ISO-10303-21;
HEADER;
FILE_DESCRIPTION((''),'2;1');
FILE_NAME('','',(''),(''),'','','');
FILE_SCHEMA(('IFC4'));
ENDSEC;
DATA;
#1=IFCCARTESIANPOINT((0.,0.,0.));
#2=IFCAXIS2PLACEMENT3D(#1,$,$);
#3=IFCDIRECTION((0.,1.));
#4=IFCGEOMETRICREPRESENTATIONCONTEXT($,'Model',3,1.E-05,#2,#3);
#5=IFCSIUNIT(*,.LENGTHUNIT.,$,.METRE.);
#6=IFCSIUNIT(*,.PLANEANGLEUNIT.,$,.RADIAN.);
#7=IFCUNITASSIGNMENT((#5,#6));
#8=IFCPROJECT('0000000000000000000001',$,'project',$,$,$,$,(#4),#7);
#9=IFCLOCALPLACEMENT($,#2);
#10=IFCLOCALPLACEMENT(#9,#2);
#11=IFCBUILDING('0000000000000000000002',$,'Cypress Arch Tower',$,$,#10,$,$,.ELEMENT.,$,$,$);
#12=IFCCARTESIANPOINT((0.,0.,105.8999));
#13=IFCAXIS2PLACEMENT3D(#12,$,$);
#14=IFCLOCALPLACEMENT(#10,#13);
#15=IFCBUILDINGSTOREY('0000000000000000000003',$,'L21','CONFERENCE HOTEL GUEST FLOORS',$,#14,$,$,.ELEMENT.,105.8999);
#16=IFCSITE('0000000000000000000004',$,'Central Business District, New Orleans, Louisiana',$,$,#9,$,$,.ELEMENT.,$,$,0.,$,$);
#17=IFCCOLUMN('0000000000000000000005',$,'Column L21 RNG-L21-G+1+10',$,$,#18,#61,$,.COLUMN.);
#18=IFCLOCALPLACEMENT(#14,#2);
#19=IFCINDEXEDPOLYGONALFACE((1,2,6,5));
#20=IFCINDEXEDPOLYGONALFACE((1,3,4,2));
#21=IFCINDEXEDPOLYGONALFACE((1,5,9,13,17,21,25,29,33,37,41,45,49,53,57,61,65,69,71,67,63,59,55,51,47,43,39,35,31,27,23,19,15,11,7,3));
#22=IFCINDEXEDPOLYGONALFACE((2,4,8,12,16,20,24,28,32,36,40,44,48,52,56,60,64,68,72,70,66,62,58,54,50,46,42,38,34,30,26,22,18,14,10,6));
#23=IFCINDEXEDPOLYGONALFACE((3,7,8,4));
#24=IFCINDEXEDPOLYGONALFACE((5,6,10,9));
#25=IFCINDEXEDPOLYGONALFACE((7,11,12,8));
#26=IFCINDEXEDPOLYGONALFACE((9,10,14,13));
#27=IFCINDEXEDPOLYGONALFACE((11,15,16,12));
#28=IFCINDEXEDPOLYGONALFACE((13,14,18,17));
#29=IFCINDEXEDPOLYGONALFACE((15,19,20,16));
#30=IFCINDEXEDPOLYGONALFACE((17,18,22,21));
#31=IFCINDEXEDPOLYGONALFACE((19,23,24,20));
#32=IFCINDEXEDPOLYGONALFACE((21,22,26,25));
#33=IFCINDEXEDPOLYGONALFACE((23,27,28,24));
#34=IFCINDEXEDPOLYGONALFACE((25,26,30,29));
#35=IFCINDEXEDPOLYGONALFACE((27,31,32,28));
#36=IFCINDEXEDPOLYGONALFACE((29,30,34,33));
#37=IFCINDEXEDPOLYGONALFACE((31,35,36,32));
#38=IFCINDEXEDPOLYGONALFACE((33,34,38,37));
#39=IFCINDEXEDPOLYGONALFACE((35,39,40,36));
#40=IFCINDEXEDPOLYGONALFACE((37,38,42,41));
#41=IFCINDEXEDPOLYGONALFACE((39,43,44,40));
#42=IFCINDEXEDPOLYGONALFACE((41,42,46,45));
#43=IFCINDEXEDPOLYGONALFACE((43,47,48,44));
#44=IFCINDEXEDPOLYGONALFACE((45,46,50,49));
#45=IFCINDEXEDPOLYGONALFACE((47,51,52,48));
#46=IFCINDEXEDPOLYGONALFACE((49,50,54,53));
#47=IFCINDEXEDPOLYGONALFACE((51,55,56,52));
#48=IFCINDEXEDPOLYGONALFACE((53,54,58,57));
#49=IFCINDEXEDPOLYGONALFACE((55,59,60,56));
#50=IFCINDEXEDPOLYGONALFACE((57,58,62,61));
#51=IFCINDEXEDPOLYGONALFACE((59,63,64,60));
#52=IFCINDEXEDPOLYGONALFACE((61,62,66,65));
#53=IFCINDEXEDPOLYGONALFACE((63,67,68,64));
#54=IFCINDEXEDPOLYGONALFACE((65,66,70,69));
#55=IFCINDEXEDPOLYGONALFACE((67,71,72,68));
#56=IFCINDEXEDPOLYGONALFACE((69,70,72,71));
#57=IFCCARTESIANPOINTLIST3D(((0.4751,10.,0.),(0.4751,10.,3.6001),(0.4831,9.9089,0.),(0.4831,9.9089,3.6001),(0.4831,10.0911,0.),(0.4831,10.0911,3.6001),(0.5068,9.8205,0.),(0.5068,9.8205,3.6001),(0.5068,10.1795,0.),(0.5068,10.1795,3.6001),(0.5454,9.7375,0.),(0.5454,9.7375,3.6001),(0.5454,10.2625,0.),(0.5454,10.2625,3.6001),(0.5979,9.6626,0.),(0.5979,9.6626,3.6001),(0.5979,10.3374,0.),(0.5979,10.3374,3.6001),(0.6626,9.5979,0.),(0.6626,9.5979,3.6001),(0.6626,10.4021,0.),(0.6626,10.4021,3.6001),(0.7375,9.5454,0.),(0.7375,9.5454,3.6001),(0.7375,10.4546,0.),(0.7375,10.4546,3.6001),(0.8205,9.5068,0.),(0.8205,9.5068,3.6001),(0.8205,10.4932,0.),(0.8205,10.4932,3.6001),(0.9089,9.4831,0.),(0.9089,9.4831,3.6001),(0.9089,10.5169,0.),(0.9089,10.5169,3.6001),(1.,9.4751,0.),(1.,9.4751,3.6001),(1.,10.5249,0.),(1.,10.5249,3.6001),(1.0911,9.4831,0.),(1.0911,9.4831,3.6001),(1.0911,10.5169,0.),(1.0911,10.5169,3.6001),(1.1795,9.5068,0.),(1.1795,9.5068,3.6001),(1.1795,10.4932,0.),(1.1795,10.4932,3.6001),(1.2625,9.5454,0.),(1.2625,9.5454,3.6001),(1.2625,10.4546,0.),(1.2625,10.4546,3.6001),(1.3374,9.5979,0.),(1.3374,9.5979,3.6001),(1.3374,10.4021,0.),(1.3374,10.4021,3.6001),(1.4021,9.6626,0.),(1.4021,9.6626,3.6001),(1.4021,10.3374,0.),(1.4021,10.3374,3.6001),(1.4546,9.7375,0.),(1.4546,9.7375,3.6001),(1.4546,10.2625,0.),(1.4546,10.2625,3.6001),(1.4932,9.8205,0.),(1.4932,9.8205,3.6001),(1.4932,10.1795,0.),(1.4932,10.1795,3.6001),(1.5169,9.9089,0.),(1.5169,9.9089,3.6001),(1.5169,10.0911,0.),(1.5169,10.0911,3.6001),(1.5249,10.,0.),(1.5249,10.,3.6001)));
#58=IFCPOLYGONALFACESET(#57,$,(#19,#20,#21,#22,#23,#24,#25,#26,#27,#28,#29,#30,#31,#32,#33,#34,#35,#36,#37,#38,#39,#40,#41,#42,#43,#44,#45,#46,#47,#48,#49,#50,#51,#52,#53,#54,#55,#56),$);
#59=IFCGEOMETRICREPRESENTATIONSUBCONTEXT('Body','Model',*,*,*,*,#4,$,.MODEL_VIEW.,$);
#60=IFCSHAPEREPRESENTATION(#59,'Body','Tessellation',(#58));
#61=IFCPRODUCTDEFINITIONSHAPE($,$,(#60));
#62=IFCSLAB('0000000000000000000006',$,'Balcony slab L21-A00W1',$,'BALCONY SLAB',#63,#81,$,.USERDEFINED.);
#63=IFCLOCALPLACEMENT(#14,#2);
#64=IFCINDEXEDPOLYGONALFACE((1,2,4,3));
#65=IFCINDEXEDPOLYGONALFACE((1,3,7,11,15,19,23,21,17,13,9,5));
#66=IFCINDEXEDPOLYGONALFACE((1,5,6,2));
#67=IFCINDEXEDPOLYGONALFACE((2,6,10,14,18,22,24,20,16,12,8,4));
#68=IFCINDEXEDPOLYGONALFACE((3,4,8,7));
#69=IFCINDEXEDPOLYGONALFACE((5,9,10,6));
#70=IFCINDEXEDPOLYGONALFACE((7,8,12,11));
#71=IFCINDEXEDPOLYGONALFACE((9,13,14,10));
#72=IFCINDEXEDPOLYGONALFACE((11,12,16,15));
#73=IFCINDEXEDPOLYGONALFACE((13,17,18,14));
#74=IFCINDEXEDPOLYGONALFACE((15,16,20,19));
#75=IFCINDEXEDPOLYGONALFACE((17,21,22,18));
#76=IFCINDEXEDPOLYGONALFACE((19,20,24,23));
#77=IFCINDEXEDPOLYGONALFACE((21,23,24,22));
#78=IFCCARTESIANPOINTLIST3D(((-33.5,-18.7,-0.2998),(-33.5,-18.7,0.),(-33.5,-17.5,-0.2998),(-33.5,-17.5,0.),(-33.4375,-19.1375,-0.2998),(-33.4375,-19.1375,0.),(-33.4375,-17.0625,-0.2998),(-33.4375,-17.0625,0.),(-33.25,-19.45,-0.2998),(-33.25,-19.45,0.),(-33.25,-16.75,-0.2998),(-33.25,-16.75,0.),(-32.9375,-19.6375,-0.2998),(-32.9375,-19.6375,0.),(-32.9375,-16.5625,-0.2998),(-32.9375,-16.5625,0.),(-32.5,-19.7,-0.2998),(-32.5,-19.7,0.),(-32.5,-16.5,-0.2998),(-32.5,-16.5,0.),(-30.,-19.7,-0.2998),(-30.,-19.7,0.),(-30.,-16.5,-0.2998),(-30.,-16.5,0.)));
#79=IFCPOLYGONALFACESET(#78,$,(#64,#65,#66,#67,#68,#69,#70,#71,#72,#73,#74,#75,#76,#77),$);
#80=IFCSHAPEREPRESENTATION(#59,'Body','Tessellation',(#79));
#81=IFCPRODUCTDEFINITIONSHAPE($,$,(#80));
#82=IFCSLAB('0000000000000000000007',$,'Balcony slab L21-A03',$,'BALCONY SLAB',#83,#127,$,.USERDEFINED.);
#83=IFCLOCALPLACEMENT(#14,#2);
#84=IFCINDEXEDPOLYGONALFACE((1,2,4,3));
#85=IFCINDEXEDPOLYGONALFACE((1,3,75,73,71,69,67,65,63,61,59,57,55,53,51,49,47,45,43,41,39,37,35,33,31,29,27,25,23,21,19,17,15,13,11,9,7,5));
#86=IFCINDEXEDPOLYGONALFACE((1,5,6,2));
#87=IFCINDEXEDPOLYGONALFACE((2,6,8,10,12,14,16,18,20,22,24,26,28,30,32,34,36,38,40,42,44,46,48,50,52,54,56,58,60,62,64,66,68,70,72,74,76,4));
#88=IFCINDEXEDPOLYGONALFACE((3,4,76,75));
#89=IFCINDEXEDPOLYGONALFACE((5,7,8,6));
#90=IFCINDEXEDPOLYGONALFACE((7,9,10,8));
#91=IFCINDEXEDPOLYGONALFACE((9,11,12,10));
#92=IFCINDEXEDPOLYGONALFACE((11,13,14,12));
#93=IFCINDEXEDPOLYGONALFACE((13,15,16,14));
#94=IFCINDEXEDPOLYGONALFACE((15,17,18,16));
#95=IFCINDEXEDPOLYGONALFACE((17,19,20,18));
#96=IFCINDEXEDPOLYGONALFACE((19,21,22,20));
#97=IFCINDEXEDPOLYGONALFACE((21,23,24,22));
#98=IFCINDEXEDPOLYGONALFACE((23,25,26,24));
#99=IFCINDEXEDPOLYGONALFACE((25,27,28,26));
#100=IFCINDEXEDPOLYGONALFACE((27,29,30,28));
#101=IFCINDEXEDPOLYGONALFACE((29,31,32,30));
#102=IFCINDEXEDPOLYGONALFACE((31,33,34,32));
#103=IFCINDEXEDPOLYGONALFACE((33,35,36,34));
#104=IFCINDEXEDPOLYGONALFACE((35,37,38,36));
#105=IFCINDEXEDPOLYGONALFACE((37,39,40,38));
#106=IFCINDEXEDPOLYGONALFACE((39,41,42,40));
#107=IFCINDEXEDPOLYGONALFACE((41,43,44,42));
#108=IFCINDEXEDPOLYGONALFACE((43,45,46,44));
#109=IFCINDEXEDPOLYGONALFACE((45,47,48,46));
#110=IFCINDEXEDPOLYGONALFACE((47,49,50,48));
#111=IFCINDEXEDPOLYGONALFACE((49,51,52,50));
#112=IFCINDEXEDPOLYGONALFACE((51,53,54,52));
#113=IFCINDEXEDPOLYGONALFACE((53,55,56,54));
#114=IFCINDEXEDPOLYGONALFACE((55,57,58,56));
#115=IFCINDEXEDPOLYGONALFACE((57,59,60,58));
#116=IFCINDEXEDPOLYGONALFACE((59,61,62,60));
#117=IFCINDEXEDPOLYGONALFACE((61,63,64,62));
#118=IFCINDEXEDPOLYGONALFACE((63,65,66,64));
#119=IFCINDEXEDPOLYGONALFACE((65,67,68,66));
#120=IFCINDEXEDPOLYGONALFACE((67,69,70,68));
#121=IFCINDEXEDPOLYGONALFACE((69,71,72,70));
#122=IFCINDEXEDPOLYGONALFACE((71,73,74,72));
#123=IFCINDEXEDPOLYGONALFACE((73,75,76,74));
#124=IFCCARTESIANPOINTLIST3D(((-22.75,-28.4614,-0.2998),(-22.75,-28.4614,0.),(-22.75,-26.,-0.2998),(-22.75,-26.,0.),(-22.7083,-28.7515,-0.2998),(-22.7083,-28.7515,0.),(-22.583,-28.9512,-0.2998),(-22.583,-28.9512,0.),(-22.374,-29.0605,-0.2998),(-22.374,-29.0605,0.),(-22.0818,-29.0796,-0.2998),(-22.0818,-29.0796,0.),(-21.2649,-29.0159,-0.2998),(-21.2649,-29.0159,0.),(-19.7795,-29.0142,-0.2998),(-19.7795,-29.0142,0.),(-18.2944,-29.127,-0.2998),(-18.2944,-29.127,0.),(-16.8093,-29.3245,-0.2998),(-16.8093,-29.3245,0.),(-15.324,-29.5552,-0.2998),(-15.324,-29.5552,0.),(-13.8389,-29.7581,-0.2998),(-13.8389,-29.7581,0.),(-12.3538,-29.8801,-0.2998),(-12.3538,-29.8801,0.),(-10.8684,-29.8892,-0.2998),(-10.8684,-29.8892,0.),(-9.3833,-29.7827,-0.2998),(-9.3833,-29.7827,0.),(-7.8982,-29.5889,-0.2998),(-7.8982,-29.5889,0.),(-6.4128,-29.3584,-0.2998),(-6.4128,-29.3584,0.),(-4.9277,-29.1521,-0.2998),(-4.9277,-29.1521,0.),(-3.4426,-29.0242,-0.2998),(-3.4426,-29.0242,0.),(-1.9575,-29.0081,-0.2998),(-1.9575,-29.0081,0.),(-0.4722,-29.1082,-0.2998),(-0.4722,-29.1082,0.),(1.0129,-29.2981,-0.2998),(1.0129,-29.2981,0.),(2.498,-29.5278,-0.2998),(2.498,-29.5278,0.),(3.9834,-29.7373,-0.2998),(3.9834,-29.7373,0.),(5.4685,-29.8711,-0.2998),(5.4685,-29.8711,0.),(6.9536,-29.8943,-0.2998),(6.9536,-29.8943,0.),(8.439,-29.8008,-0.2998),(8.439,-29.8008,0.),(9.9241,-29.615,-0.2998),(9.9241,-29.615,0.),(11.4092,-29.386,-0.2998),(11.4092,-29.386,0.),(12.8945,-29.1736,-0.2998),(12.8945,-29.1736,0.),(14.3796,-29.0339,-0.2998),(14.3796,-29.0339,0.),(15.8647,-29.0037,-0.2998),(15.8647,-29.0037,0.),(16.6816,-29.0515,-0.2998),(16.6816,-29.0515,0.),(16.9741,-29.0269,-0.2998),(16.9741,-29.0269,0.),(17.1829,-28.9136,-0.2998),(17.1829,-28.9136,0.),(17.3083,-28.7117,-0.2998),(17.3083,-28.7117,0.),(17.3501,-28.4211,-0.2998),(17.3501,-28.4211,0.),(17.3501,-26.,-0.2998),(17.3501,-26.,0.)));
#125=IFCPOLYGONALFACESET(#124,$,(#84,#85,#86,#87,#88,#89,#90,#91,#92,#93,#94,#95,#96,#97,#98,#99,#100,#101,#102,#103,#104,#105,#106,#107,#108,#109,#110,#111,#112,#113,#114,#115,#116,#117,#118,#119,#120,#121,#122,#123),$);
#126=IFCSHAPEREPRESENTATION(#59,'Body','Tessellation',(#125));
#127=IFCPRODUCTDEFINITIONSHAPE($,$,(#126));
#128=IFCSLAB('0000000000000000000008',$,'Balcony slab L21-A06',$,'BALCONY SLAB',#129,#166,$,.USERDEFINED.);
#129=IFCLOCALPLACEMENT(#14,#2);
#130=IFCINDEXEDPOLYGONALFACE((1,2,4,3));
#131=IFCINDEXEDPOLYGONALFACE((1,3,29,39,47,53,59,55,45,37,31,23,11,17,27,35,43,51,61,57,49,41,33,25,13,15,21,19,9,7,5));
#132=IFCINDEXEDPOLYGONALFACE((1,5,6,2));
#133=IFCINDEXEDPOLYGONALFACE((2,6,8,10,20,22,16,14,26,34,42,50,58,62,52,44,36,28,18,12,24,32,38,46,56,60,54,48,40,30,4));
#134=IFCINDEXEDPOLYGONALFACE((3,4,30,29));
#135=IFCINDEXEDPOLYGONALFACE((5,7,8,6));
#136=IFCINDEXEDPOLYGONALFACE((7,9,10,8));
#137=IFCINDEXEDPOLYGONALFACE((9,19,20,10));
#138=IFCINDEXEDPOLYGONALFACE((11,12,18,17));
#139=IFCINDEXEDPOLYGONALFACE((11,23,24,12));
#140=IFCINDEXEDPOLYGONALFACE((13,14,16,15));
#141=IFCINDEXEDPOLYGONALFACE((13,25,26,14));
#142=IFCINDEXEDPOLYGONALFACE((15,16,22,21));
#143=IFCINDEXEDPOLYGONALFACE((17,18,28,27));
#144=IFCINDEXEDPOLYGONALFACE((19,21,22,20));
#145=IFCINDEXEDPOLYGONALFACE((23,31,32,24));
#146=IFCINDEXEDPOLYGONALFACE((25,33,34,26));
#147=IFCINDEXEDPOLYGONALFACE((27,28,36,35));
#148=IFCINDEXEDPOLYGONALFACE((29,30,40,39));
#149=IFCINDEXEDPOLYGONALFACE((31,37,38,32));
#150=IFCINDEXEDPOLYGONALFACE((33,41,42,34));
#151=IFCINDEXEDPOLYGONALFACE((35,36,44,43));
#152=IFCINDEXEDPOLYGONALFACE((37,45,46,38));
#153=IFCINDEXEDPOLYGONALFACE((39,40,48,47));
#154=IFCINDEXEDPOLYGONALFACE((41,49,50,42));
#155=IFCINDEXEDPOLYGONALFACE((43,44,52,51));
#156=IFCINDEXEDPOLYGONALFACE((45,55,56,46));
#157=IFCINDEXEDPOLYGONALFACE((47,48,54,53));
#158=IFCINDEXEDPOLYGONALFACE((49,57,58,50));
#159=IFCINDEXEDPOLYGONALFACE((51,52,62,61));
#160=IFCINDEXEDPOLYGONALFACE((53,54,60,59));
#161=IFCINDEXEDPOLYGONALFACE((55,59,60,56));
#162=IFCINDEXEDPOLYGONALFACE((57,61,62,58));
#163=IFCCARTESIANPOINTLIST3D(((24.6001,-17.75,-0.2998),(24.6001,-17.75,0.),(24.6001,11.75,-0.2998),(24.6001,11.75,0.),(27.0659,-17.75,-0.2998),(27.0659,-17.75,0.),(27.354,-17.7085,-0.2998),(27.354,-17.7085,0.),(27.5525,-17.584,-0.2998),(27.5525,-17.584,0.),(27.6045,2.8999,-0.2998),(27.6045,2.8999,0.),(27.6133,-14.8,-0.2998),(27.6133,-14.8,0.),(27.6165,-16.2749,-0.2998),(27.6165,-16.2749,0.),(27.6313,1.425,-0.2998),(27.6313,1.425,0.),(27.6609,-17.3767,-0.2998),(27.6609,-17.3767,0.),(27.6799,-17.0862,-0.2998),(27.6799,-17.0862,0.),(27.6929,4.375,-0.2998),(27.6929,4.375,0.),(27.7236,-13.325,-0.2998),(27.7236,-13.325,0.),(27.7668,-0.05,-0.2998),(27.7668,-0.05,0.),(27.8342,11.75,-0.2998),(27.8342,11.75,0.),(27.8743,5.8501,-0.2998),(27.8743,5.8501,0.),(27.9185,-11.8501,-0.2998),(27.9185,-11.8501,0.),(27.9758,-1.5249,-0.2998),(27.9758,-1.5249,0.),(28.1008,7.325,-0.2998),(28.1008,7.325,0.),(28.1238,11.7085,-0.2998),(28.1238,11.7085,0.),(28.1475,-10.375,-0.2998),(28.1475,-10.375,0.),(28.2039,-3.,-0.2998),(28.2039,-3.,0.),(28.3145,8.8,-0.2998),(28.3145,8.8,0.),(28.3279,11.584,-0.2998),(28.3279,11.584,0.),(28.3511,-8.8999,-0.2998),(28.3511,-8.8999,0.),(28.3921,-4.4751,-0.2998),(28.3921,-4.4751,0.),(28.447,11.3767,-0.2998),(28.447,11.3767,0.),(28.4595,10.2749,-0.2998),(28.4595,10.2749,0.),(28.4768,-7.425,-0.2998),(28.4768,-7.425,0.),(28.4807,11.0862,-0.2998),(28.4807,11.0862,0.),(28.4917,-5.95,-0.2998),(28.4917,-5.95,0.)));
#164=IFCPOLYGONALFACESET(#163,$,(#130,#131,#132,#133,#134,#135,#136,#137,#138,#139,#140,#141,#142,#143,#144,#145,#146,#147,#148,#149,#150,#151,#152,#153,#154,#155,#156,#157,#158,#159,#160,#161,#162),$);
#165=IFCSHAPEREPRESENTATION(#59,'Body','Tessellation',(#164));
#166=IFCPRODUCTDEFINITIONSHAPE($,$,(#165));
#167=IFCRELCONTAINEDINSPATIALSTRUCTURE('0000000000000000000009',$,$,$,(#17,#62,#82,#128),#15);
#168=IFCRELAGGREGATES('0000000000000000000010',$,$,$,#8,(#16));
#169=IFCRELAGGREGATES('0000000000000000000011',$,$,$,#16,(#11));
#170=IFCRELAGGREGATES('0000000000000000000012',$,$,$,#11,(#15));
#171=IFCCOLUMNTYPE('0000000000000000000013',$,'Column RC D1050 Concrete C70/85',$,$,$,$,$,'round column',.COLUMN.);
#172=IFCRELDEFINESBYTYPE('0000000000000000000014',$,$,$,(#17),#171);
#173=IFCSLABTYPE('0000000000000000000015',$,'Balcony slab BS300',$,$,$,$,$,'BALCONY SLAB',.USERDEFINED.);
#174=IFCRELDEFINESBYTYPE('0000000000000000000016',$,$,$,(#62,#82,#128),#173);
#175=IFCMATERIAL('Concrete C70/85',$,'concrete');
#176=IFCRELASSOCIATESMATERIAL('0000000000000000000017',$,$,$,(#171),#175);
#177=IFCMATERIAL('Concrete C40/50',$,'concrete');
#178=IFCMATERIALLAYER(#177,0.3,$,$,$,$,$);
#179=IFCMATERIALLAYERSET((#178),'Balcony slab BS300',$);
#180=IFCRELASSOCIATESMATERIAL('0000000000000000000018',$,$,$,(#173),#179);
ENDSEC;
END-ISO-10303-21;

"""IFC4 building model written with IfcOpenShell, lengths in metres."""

from ifc_helpers import new_model, si_unit, direction, frame, origin, origin_2d, place, context, subcontext, project, spatial, polyline, circle, outline, extrude, material, layer, layer_set, material_profile, profile_set, type_object, element, save


model = new_model("IFC4")

# Units and contexts
model_context = context("Model", 3, precision=1e-05, world=origin(), true_north=direction((0.0, 1.0)))
body_context = subcontext(model_context, "Body", "Model", "MODEL_VIEW")
ifc_project = project(units=[si_unit("LENGTHUNIT", "METRE"), si_unit("PLANEANGLEUNIT", "RADIAN")], contexts=[model_context])

# Site, building, storey
site_placement = place(None, origin())
site = spatial("IfcSite", under=ifc_project, at=site_placement, Name="Central Business District, New Orleans, Louisiana", CompositionType="ELEMENT", RefElevation=0.0)
building_placement = place(site_placement, origin())
building = spatial("IfcBuilding", under=site, at=building_placement, Name="Cypress Arch Tower", CompositionType="ELEMENT")
storey_placement = place(building_placement, frame((0.0, 0.0, 105.8999)))
storey = spatial("IfcBuildingStorey", under=building, at=storey_placement, Name="L21", Description="CONFERENCE HOTEL GUEST FLOORS", CompositionType="ELEMENT", Elevation=105.8999)

# Column
ifc_material_1 = material(Name="Concrete C70/85", Category="concrete")
ifc_material_profile = material_profile(ifc_material_1, circle(Radius=0.5249, at=origin_2d()), Name="RC D1050")
ifc_profile_set = profile_set([ifc_material_profile], Name="Concrete C70/85")
column_type = type_object("IfcColumnType", Name="Column RC D1050 Concrete C70/85", ElementType="round column", PredefinedType="COLUMN", material=ifc_profile_set)
column_placement = place(storey_placement, frame((1.0, 10.0, 0.0), z_axis=(0.0, 0.0, 1.0), x_axis=(1.0, 0.0, 0.0)))
element("IfcColumn", 1, at=column_placement, inside=storey, type_object=column_type, Name="Column L21 RNG-L21-G+1+10", PredefinedType="COLUMN", context=body_context, shape_type="SweptSolid", body=[
    extrude(circle(Radius=0.5249, at=origin_2d()), origin(), (0.0, 0.0, 1.0), 3.6001),
])

# Slabs
ifc_material_2 = material(Name="Concrete C40/50", Category="concrete")
ifc_layer_1 = layer(ifc_material_2, 0.3)
ifc_layer_set_1 = layer_set([ifc_layer_1], Name="Balcony slab BS300")
slab_type_1 = type_object("IfcSlabType", Name="Balcony slab BS300", ElementType="BALCONY SLAB", PredefinedType="USERDEFINED", material=ifc_layer_set_1)
slab_1_placement = place(storey_placement, frame((0.0, 0.0, -0.2998)))
element("IfcSlab", 2, at=slab_1_placement, inside=storey, type_object=slab_type_1, Name="Balcony slab L21-A00W1", ObjectType="BALCONY SLAB", PredefinedType="USERDEFINED", context=body_context, shape_type="SweptSolid", body=[
    extrude(outline(polyline([(-30.0, -16.5), (-32.5, -16.5), (-32.9375, -16.5625), (-33.25, -16.75), (-33.4375, -17.0625), (-33.5, -17.5), (-33.5, -18.7), (-33.4375, -19.1375), (-33.25, -19.45), (-32.9375, -19.6375), (-32.5, -19.7), (-30.0, -19.7), (-30.0, -16.5)])), origin(), (0.0, 0.0, 1.0), 0.2998),
])
slab_2_placement = place(storey_placement, frame((0.0, 0.0, -0.2998)))
element("IfcSlab", 3, at=slab_2_placement, inside=storey, type_object=slab_type_1, Name="Balcony slab L21-A03", ObjectType="BALCONY SLAB", PredefinedType="USERDEFINED", context=body_context, shape_type="SweptSolid", body=[
    extrude(outline(polyline([(-22.75, -26.0), (-22.75, -28.4614), (-22.7083, -28.7515), (-22.583, -28.9512), (-22.374, -29.0605), (-22.0818, -29.0796), (-21.2649, -29.0159), (-19.7795, -29.0142), (-18.2944, -29.127), (-16.8093, -29.3245), (-15.324, -29.5552), (-13.8389, -29.7581), (-12.3538, -29.8801), (-10.8684, -29.8892), (-9.3833, -29.7827), (-7.8982, -29.5889), (-6.4128, -29.3584), (-4.9277, -29.1521), (-3.4426, -29.0242), (-1.9575, -29.0081), (-0.4722, -29.1082), (1.0129, -29.2981), (2.498, -29.5278), (3.9834, -29.7373), (5.4685, -29.8711), (6.9536, -29.8943), (8.439, -29.8008), (9.9241, -29.615), (11.4092, -29.386), (12.8945, -29.1736), (14.3796, -29.0339), (15.8647, -29.0037), (16.6816, -29.0515), (16.9741, -29.0269), (17.1829, -28.9136), (17.3083, -28.7117), (17.3501, -28.4211), (17.3501, -26.0), (-22.75, -26.0)])), origin(), (0.0, 0.0, 1.0), 0.2998),
])
slab_3_placement = place(storey_placement, frame((0.0, 0.0, -0.2998)))
element("IfcSlab", 4, at=slab_3_placement, inside=storey, type_object=slab_type_1, Name="Balcony slab L21-A06", ObjectType="BALCONY SLAB", PredefinedType="USERDEFINED", context=body_context, shape_type="SweptSolid", body=[
    extrude(outline(polyline([(24.6001, -17.75), (27.0659, -17.75), (27.354, -17.7085), (27.5525, -17.584), (27.6609, -17.3767), (27.6799, -17.0862), (27.6165, -16.2749), (27.6133, -14.8), (27.7236, -13.325), (27.9185, -11.8501), (28.1475, -10.375), (28.3511, -8.8999), (28.4768, -7.425), (28.4917, -5.95), (28.3921, -4.4751), (28.2039, -3.0), (27.9758, -1.5249), (27.7668, -0.05), (27.6313, 1.425), (27.6045, 2.8999), (27.6929, 4.375), (27.8743, 5.8501), (28.1008, 7.325), (28.3145, 8.8), (28.4595, 10.2749), (28.4807, 11.0862), (28.447, 11.3767), (28.3279, 11.584), (28.1238, 11.7085), (27.8342, 11.75), (24.6001, 11.75), (24.6001, -17.75)])), origin(), (0.0, 0.0, 1.0), 0.2998),
])

save(model, "model.ifc")
